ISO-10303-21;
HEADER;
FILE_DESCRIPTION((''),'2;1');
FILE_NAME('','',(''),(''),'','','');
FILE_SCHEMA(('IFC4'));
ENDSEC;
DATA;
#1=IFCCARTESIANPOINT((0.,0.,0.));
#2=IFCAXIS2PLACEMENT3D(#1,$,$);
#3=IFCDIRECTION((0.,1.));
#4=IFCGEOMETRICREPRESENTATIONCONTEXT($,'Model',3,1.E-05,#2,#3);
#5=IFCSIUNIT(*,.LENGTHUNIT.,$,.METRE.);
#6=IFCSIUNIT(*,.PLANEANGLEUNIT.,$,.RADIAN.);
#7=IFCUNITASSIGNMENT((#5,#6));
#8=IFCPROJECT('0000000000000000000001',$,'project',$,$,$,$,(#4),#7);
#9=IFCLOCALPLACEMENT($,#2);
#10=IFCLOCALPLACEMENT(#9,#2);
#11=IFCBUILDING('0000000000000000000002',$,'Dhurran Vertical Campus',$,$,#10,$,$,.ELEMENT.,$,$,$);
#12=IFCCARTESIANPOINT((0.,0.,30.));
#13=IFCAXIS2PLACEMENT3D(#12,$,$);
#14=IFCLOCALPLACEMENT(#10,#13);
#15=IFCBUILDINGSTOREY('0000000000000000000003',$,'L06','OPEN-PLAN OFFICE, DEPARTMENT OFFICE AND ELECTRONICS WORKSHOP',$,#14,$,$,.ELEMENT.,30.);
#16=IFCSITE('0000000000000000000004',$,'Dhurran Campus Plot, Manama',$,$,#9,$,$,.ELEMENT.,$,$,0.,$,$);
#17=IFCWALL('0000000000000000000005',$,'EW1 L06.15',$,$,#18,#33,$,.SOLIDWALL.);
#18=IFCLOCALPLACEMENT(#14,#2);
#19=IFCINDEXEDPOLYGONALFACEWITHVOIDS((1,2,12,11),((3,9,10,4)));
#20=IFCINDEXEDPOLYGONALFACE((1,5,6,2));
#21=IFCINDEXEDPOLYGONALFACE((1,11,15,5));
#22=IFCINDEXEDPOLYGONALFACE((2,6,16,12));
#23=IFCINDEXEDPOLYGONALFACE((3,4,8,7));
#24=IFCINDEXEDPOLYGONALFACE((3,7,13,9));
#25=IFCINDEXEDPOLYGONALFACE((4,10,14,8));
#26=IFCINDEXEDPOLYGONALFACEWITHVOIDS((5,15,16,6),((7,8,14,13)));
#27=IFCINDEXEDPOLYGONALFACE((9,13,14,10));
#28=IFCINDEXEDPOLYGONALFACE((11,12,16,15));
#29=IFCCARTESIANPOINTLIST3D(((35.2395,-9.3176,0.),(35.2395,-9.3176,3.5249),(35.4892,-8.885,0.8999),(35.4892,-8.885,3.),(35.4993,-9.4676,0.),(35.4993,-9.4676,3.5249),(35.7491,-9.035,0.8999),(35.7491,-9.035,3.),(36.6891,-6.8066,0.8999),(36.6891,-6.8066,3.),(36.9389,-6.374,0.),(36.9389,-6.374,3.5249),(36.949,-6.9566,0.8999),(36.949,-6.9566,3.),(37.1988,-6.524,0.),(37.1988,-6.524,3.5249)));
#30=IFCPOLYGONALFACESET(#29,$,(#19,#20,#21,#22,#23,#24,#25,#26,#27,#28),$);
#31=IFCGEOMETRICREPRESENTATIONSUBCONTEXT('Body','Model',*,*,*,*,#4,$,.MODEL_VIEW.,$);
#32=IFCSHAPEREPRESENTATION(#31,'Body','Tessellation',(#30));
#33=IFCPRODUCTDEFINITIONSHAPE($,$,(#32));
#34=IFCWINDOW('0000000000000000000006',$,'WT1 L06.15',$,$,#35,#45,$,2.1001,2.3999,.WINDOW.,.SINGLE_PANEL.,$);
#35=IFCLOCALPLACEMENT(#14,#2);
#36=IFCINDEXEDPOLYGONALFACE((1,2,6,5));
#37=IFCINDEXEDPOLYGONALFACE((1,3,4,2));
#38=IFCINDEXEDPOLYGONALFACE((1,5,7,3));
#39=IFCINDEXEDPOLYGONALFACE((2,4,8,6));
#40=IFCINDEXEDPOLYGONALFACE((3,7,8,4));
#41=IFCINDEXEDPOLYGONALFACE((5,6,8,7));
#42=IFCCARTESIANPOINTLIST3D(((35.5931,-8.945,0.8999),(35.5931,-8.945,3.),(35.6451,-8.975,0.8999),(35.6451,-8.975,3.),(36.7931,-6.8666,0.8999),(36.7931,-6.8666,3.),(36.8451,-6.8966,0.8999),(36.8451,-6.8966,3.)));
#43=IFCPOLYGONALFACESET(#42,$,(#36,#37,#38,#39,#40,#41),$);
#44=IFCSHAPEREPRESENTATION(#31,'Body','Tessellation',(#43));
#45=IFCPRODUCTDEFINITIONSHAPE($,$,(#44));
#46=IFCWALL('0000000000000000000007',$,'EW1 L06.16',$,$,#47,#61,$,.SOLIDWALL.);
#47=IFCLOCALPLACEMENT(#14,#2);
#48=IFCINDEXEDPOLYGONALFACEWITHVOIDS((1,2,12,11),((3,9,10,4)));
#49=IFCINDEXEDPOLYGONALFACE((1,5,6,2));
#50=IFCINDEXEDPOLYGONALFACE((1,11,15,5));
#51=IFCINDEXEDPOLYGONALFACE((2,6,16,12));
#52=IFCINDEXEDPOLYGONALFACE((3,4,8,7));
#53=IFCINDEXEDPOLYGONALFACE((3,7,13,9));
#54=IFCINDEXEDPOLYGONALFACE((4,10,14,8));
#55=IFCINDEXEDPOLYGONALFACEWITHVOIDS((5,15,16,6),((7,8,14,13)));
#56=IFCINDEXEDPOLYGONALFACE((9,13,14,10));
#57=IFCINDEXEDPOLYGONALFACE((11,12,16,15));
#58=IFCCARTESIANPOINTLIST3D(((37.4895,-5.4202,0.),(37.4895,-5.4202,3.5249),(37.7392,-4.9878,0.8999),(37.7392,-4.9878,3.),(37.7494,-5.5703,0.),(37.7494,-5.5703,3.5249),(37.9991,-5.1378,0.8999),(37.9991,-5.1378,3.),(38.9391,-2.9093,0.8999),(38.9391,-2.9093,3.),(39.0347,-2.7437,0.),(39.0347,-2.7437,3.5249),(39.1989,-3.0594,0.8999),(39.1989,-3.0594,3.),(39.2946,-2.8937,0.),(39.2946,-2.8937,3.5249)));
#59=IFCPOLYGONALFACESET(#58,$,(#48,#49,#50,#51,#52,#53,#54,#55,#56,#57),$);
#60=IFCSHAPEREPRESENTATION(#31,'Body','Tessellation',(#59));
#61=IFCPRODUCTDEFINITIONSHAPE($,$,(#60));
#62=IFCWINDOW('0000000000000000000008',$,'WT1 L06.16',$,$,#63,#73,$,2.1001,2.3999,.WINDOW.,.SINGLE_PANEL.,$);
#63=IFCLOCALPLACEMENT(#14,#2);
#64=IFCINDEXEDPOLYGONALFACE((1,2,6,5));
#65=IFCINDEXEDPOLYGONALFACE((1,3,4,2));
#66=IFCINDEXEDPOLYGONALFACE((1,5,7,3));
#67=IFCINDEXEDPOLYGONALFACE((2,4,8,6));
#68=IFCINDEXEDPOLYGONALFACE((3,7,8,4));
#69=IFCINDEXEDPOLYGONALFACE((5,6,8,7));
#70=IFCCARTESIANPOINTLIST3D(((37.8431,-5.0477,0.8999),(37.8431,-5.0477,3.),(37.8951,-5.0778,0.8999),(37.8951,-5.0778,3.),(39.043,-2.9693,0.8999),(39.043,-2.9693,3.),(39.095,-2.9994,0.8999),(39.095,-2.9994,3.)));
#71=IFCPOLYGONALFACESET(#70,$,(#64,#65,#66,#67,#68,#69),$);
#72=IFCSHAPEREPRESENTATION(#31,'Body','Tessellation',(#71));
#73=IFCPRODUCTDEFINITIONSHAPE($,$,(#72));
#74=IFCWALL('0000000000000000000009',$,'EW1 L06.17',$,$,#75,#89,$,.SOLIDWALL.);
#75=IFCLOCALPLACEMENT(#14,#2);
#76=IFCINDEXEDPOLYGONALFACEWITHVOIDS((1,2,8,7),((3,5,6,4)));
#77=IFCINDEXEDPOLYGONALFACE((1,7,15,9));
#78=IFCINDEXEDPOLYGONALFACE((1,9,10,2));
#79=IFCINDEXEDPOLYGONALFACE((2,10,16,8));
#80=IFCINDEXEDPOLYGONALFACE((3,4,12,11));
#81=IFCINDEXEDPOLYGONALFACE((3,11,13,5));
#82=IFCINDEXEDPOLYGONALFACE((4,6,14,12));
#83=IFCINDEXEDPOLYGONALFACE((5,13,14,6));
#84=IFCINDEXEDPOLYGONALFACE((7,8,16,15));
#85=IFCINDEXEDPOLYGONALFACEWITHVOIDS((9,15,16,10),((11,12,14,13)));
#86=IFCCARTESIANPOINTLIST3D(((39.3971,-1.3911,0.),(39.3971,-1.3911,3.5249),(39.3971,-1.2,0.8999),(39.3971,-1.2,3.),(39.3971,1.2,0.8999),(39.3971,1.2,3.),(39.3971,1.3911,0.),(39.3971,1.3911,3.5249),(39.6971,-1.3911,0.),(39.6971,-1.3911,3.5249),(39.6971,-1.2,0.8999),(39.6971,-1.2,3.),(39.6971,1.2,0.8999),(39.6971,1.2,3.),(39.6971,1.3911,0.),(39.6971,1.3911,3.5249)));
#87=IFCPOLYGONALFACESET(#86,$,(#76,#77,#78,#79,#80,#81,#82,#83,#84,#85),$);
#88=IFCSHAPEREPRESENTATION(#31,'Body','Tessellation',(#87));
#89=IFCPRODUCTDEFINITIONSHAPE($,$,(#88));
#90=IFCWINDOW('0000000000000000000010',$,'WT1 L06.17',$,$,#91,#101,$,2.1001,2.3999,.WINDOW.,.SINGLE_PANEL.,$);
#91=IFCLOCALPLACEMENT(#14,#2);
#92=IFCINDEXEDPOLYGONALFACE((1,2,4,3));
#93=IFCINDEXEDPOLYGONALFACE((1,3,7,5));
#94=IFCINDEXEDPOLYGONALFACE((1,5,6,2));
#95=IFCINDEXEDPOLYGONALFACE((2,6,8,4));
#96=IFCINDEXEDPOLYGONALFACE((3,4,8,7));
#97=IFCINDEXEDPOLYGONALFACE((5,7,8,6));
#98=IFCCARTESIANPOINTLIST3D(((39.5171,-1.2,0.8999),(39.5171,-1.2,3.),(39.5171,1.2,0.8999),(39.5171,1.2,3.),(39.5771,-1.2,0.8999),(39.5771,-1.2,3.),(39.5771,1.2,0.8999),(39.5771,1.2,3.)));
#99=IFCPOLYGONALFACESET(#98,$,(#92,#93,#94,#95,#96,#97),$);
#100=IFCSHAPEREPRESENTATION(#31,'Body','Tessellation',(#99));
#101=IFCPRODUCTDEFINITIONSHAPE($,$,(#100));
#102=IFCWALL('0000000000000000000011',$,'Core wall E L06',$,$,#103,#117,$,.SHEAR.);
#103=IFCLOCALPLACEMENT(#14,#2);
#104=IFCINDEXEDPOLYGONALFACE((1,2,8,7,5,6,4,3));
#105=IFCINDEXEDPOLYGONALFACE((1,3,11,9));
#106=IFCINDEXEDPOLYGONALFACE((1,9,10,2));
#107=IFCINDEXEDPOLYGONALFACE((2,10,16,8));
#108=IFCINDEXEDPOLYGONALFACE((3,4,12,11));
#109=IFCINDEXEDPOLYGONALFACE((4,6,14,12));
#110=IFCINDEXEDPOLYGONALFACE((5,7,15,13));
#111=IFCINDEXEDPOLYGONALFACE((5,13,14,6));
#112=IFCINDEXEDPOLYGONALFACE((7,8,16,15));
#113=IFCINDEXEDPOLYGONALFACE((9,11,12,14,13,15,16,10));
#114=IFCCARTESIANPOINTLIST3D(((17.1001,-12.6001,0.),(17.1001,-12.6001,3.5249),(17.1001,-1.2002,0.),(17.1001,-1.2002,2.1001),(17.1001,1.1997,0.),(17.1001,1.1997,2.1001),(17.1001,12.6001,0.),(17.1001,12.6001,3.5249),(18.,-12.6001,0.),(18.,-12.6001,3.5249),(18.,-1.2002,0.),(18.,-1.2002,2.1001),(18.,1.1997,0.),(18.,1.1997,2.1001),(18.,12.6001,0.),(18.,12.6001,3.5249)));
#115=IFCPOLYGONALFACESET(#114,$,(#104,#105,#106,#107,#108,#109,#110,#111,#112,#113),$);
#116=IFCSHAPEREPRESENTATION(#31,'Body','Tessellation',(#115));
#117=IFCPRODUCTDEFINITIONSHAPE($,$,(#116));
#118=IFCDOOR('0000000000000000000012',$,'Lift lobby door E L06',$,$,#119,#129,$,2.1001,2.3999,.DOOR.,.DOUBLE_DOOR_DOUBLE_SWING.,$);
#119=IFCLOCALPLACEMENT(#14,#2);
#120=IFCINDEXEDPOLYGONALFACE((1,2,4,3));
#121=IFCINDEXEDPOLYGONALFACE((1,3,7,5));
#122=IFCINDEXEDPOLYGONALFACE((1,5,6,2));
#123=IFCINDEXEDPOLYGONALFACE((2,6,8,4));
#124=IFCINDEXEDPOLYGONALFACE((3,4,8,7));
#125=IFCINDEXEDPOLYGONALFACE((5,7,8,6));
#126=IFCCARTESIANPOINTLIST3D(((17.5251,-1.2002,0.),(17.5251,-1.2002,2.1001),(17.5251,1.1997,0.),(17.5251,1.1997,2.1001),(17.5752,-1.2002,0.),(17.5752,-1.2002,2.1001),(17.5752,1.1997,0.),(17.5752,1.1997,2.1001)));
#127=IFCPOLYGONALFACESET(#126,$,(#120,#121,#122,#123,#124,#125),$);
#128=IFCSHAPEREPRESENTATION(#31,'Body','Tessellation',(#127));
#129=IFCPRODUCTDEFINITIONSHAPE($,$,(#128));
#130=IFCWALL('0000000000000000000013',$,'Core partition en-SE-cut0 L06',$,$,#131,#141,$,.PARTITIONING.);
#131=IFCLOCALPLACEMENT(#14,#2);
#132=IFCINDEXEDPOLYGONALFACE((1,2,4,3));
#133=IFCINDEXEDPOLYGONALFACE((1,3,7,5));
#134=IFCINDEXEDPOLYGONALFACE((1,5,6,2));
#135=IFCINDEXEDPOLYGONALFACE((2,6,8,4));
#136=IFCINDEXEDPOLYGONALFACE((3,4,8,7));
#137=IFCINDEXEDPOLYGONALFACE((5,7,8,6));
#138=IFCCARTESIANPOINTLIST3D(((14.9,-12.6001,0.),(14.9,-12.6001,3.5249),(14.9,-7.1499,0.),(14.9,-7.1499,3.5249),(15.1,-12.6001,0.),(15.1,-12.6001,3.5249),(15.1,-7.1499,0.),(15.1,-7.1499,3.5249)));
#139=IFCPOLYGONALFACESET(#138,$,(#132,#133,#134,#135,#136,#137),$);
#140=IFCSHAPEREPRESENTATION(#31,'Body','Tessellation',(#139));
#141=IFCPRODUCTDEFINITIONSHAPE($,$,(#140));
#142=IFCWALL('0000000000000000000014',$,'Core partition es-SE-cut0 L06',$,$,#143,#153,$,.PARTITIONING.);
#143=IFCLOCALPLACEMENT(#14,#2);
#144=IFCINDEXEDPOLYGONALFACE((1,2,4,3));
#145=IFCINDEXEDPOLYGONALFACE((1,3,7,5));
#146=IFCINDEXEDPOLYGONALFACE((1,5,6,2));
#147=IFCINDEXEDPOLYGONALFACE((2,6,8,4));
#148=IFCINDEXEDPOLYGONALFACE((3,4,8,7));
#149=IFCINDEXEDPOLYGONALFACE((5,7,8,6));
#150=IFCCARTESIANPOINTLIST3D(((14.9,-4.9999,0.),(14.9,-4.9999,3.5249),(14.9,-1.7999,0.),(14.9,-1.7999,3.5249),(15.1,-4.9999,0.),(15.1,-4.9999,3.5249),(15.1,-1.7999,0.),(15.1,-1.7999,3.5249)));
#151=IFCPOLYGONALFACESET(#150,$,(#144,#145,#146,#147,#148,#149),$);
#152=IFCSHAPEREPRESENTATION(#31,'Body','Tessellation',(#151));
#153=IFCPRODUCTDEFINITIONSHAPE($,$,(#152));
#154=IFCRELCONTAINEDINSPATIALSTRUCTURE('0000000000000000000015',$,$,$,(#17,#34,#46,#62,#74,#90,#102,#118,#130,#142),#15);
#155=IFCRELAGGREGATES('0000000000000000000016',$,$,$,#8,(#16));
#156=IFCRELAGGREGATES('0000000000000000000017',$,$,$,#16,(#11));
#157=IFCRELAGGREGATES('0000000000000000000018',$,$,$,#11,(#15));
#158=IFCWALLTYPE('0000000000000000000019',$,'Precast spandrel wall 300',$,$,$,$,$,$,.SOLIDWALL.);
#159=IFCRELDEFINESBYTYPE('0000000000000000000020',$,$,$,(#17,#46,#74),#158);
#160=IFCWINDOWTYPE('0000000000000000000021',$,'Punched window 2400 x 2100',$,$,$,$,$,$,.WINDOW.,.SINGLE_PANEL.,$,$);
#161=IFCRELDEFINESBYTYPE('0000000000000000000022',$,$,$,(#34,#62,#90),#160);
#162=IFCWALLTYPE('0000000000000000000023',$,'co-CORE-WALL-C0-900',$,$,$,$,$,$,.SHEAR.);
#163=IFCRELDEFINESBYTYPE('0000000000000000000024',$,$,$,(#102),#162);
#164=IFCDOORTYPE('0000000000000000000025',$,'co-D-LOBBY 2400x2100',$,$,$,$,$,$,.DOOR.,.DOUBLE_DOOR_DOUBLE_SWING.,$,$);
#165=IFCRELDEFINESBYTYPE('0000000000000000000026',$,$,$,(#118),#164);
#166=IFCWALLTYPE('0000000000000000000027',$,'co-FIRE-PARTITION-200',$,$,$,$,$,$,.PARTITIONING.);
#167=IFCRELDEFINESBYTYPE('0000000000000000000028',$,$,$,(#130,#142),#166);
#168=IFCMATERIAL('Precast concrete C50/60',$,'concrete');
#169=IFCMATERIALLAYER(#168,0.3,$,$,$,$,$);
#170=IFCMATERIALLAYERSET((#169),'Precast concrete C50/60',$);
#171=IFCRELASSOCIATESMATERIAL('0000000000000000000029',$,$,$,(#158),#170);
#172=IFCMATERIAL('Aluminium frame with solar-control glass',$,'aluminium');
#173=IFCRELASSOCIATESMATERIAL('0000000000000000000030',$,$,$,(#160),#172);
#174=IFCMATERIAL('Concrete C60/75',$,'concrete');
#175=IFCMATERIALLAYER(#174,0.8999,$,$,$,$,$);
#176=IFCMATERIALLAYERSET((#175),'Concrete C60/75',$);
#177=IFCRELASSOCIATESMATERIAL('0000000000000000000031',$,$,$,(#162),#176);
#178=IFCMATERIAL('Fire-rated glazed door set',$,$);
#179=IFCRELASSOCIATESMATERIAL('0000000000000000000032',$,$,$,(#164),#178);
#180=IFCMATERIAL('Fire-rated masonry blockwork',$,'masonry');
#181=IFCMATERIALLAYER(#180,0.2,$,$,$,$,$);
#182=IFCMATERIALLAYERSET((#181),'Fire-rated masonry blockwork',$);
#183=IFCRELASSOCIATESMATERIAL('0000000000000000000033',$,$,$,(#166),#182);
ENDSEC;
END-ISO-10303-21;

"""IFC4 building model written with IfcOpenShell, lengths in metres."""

from ifc_helpers import new_model, si_unit, direction, frame, frame_2d, origin, place, context, subcontext, project, spatial, rectangle, extrude, material, layer, layer_set, type_object, element, fill, save


model = new_model("IFC4")

# Units and contexts
model_context = context("Model", 3, precision=1e-05, world=origin(), true_north=direction((0.0, 1.0)))
body_context = subcontext(model_context, "Body", "Model", "MODEL_VIEW")
ifc_project = project(units=[si_unit("LENGTHUNIT", "METRE"), si_unit("PLANEANGLEUNIT", "RADIAN")], contexts=[model_context])

# Site, building, storey
site_placement = place(None, origin())
site = spatial("IfcSite", under=ifc_project, at=site_placement, Name="Dhurran Campus Plot, Manama", CompositionType="ELEMENT", RefElevation=0.0)
building_placement = place(site_placement, origin())
building = spatial("IfcBuilding", under=site, at=building_placement, Name="Dhurran Vertical Campus", CompositionType="ELEMENT")
storey_placement = place(building_placement, frame((0.0, 0.0, 30.0)))
storey = spatial("IfcBuildingStorey", under=building, at=storey_placement, Name="L06", Description="OPEN-PLAN OFFICE, DEPARTMENT OFFICE AND ELECTRONICS WORKSHOP", CompositionType="ELEMENT", Elevation=30.0)

# Walls, openings, windows
ifc_material_1 = material(Name="Precast concrete C50/60", Category="concrete")
ifc_layer_1 = layer(ifc_material_1, 0.3)
ifc_layer_set_1 = layer_set([ifc_layer_1], Name="Precast concrete C50/60")
wall_type_1 = type_object("IfcWallType", Name="Precast spandrel wall 300", PredefinedType="SOLIDWALL", material=ifc_layer_set_1)
ifc_material_2 = material(Name="Aluminium frame with solar-control glass", Category="aluminium")
window_type = type_object("IfcWindowType", Name="Punched window 2400 x 2100", PartitioningType="SINGLE_PANEL", PredefinedType="WINDOW", material=ifc_material_2)
wall_1_placement = place(storey_placement, frame((35.3694, -9.3926, 0.0), z_axis=(0.0, 0.0, 1.0), x_axis=(0.499994, 0.866029, 0.0)))
wall_1 = element("IfcWall", 1, at=wall_1_placement, inside=storey, type_object=wall_type_1, Name="EW1 L06.15", PredefinedType="SOLIDWALL", context=body_context, shape_type="SweptSolid", body=[
    extrude(rectangle(XDim=3.3989, YDim=0.3, at=frame_2d((1.6995, 0.0))), origin(), (0.0, 0.0, 1.0), 3.5249),
])
opening_1_placement = place(wall_1_placement, frame((0.4995, 0.0, 0.8999)))
opening_1 = element("IfcOpeningElement", 2, at=opening_1_placement, cuts=wall_1, PredefinedType="OPENING", context=body_context, shape_type="SweptSolid", body=[
    extrude(rectangle(XDim=2.3999, YDim=2.1001, at=frame_2d((1.2, 1.05))), frame((0.0, 0.1599, 0.0), z_axis=(0.0, -1.0, 0.0), x_axis=(1.0, 0.0, 0.0)), (0.0, 0.0, 1.0), 0.3201),
])
window_1_placement = place(opening_1_placement, origin())
window_1 = element("IfcWindow", 3, at=window_1_placement, inside=storey, type_object=window_type, Name="WT1 L06.15", OverallHeight=2.1001, OverallWidth=2.3999, PartitioningType="SINGLE_PANEL", PredefinedType="WINDOW", context=body_context, shape_type="SweptSolid", body=[
    extrude(rectangle(XDim=2.3999, YDim=2.1001, at=frame_2d((1.2, 1.05))), frame((0.0, 0.03, 0.0), z_axis=(0.0, -1.0, 0.0), x_axis=(1.0, 0.0, 0.0)), (0.0, 0.0, 1.0), 0.0601),
])
fill(opening_1, window_1)
wall_2_placement = place(storey_placement, frame((37.6194, -5.4954, 0.0), z_axis=(0.0, 0.0, 1.0), x_axis=(0.499971, 0.866042, 0.0)))
wall_2 = element("IfcWall", 4, at=wall_2_placement, inside=storey, type_object=wall_type_1, Name="EW1 L06.16", PredefinedType="SOLIDWALL", context=body_context, shape_type="SweptSolid", body=[
    extrude(rectangle(XDim=3.0906, YDim=0.3, at=frame_2d((1.5454, 0.0))), origin(), (0.0, 0.0, 1.0), 3.5249),
])
opening_2_placement = place(wall_2_placement, frame((0.4995, 0.0, 0.8999)))
opening_2 = element("IfcOpeningElement", 5, at=opening_2_placement, cuts=wall_2, PredefinedType="OPENING", context=body_context, shape_type="SweptSolid", body=[
    extrude(rectangle(XDim=2.3999, YDim=2.1001, at=frame_2d((1.2, 1.05))), frame((0.0, 0.1599, 0.0), z_axis=(0.0, -1.0, 0.0), x_axis=(1.0, 0.0, 0.0)), (0.0, 0.0, 1.0), 0.3201),
])
window_2_placement = place(opening_2_placement, origin())
window_2 = element("IfcWindow", 6, at=window_2_placement, inside=storey, type_object=window_type, Name="WT1 L06.16", OverallHeight=2.1001, OverallWidth=2.3999, PartitioningType="SINGLE_PANEL", PredefinedType="WINDOW", context=body_context, shape_type="SweptSolid", body=[
    extrude(rectangle(XDim=2.3999, YDim=2.1001, at=frame_2d((1.2, 1.05))), frame((0.0, 0.03, 0.0), z_axis=(0.0, -1.0, 0.0), x_axis=(1.0, 0.0, 0.0)), (0.0, 0.0, 1.0), 0.0601),
])
fill(opening_2, window_2)
wall_3_placement = place(storey_placement, frame((39.5471, -1.3911, 0.0), z_axis=(0.0, 0.0, 1.0), x_axis=(0.0, 1.0, 0.0)))
wall_3 = element("IfcWall", 7, at=wall_3_placement, inside=storey, type_object=wall_type_1, Name="EW1 L06.17", PredefinedType="SOLIDWALL", context=body_context, shape_type="SweptSolid", body=[
    extrude(rectangle(XDim=2.7822, YDim=0.3, at=frame_2d((1.3911, 0.0))), origin(), (0.0, 0.0, 1.0), 3.5249),
])
opening_3_placement = place(wall_3_placement, frame((0.1912, 0.0, 0.8999)))
opening_3 = element("IfcOpeningElement", 8, at=opening_3_placement, cuts=wall_3, PredefinedType="OPENING", context=body_context, shape_type="SweptSolid", body=[
    extrude(rectangle(XDim=2.3999, YDim=2.1001, at=frame_2d((1.2, 1.05))), frame((0.0, 0.1599, 0.0), z_axis=(0.0, -1.0, 0.0), x_axis=(1.0, 0.0, 0.0)), (0.0, 0.0, 1.0), 0.3201),
])
window_3_placement = place(opening_3_placement, origin())
window_3 = element("IfcWindow", 9, at=window_3_placement, inside=storey, type_object=window_type, Name="WT1 L06.17", OverallHeight=2.1001, OverallWidth=2.3999, PartitioningType="SINGLE_PANEL", PredefinedType="WINDOW", context=body_context, shape_type="SweptSolid", body=[
    extrude(rectangle(XDim=2.3999, YDim=2.1001, at=frame_2d((1.2, 1.05))), frame((0.0, 0.03, 0.0), z_axis=(0.0, -1.0, 0.0), x_axis=(1.0, 0.0, 0.0)), (0.0, 0.0, 1.0), 0.0601),
])
fill(opening_3, window_3)

# Wall, opening, door
ifc_material_3 = material(Name="Concrete C60/75", Category="concrete")
ifc_layer_2 = layer(ifc_material_3, 0.8999)
ifc_layer_set_2 = layer_set([ifc_layer_2], Name="Concrete C60/75")
wall_type_2 = type_object("IfcWallType", Name="co-CORE-WALL-C0-900", PredefinedType="SHEAR", material=ifc_layer_set_2)
wall_4_placement = place(storey_placement, frame((17.55, -12.6001, 0.0), z_axis=(0.0, 0.0, 1.0), x_axis=(0.0, 1.0, 0.0)))
wall_4 = element("IfcWall", 10, at=wall_4_placement, inside=storey, type_object=wall_type_2, Name="Core wall E L06", PredefinedType="SHEAR", context=body_context, shape_type="SweptSolid", body=[
    extrude(rectangle(XDim=25.2002, YDim=0.8999, at=frame_2d((12.6001, 0.0))), origin(), (0.0, 0.0, 1.0), 3.5249),
])
opening_4_placement = place(wall_4_placement, frame((11.3999, 0.0, 0.0)))
opening_4 = element("IfcOpeningElement", 11, at=opening_4_placement, cuts=wall_4, PredefinedType="OPENING", context=body_context, shape_type="SweptSolid", body=[
    extrude(rectangle(XDim=2.3999, YDim=2.1001, at=frame_2d((1.2, 1.05))), frame((0.0, 0.46, 0.0), z_axis=(0.0, -1.0, 0.0), x_axis=(1.0, 0.0, 0.0)), (0.0, 0.0, 1.0), 0.9199),
])
ifc_material_4 = material(Name="Fire-rated glazed door set")
door_type_1 = type_object("IfcDoorType", Name="co-D-LOBBY 2400x2100", OperationType="DOUBLE_DOOR_DOUBLE_SWING", PredefinedType="DOOR", material=ifc_material_4)
door_1_placement = place(opening_4_placement, origin())
door_1 = element("IfcDoor", 12, at=door_1_placement, inside=storey, type_object=door_type_1, Name="Lift lobby door E L06", OperationType="DOUBLE_DOOR_DOUBLE_SWING", OverallHeight=2.1001, OverallWidth=2.3999, PredefinedType="DOOR", context=body_context, shape_type="SweptSolid", body=[
    extrude(rectangle(XDim=2.3999, YDim=2.1001, at=frame_2d((1.2, 1.05))), frame((0.0, 0.0249, 0.0), z_axis=(0.0, -1.0, 0.0), x_axis=(1.0, 0.0, 0.0)), (0.0, 0.0, 1.0), 0.05),
])
fill(opening_4, door_1)

# Walls
ifc_material_5 = material(Name="Fire-rated masonry blockwork", Category="masonry")
ifc_layer_3 = layer(ifc_material_5, 0.2)
ifc_layer_set_3 = layer_set([ifc_layer_3], Name="Fire-rated masonry blockwork")
wall_type_3 = type_object("IfcWallType", Name="co-FIRE-PARTITION-200", PredefinedType="PARTITIONING", material=ifc_layer_set_3)
wall_5_placement = place(storey_placement, frame((15.0, -12.6001, 0.0), z_axis=(0.0, 0.0, 1.0), x_axis=(0.0, 1.0, 0.0)))
element("IfcWall", 13, at=wall_5_placement, inside=storey, type_object=wall_type_3, Name="Core partition en-SE-cut0 L06", PredefinedType="PARTITIONING", context=body_context, shape_type="SweptSolid", body=[
    extrude(rectangle(XDim=5.4502, YDim=0.2, at=frame_2d((2.7251, 0.0))), origin(), (0.0, 0.0, 1.0), 3.5249),
])
wall_6_placement = place(storey_placement, frame((15.0, -5.0, 0.0), z_axis=(0.0, 0.0, 1.0), x_axis=(0.0, 1.0, 0.0)))
element("IfcWall", 14, at=wall_6_placement, inside=storey, type_object=wall_type_3, Name="Core partition es-SE-cut0 L06", PredefinedType="PARTITIONING", context=body_context, shape_type="SweptSolid", body=[
    extrude(rectangle(XDim=3.2, YDim=0.2, at=frame_2d((1.6001, 0.0))), origin(), (0.0, 0.0, 1.0), 3.5249),
])

save(model, "model.ifc")
